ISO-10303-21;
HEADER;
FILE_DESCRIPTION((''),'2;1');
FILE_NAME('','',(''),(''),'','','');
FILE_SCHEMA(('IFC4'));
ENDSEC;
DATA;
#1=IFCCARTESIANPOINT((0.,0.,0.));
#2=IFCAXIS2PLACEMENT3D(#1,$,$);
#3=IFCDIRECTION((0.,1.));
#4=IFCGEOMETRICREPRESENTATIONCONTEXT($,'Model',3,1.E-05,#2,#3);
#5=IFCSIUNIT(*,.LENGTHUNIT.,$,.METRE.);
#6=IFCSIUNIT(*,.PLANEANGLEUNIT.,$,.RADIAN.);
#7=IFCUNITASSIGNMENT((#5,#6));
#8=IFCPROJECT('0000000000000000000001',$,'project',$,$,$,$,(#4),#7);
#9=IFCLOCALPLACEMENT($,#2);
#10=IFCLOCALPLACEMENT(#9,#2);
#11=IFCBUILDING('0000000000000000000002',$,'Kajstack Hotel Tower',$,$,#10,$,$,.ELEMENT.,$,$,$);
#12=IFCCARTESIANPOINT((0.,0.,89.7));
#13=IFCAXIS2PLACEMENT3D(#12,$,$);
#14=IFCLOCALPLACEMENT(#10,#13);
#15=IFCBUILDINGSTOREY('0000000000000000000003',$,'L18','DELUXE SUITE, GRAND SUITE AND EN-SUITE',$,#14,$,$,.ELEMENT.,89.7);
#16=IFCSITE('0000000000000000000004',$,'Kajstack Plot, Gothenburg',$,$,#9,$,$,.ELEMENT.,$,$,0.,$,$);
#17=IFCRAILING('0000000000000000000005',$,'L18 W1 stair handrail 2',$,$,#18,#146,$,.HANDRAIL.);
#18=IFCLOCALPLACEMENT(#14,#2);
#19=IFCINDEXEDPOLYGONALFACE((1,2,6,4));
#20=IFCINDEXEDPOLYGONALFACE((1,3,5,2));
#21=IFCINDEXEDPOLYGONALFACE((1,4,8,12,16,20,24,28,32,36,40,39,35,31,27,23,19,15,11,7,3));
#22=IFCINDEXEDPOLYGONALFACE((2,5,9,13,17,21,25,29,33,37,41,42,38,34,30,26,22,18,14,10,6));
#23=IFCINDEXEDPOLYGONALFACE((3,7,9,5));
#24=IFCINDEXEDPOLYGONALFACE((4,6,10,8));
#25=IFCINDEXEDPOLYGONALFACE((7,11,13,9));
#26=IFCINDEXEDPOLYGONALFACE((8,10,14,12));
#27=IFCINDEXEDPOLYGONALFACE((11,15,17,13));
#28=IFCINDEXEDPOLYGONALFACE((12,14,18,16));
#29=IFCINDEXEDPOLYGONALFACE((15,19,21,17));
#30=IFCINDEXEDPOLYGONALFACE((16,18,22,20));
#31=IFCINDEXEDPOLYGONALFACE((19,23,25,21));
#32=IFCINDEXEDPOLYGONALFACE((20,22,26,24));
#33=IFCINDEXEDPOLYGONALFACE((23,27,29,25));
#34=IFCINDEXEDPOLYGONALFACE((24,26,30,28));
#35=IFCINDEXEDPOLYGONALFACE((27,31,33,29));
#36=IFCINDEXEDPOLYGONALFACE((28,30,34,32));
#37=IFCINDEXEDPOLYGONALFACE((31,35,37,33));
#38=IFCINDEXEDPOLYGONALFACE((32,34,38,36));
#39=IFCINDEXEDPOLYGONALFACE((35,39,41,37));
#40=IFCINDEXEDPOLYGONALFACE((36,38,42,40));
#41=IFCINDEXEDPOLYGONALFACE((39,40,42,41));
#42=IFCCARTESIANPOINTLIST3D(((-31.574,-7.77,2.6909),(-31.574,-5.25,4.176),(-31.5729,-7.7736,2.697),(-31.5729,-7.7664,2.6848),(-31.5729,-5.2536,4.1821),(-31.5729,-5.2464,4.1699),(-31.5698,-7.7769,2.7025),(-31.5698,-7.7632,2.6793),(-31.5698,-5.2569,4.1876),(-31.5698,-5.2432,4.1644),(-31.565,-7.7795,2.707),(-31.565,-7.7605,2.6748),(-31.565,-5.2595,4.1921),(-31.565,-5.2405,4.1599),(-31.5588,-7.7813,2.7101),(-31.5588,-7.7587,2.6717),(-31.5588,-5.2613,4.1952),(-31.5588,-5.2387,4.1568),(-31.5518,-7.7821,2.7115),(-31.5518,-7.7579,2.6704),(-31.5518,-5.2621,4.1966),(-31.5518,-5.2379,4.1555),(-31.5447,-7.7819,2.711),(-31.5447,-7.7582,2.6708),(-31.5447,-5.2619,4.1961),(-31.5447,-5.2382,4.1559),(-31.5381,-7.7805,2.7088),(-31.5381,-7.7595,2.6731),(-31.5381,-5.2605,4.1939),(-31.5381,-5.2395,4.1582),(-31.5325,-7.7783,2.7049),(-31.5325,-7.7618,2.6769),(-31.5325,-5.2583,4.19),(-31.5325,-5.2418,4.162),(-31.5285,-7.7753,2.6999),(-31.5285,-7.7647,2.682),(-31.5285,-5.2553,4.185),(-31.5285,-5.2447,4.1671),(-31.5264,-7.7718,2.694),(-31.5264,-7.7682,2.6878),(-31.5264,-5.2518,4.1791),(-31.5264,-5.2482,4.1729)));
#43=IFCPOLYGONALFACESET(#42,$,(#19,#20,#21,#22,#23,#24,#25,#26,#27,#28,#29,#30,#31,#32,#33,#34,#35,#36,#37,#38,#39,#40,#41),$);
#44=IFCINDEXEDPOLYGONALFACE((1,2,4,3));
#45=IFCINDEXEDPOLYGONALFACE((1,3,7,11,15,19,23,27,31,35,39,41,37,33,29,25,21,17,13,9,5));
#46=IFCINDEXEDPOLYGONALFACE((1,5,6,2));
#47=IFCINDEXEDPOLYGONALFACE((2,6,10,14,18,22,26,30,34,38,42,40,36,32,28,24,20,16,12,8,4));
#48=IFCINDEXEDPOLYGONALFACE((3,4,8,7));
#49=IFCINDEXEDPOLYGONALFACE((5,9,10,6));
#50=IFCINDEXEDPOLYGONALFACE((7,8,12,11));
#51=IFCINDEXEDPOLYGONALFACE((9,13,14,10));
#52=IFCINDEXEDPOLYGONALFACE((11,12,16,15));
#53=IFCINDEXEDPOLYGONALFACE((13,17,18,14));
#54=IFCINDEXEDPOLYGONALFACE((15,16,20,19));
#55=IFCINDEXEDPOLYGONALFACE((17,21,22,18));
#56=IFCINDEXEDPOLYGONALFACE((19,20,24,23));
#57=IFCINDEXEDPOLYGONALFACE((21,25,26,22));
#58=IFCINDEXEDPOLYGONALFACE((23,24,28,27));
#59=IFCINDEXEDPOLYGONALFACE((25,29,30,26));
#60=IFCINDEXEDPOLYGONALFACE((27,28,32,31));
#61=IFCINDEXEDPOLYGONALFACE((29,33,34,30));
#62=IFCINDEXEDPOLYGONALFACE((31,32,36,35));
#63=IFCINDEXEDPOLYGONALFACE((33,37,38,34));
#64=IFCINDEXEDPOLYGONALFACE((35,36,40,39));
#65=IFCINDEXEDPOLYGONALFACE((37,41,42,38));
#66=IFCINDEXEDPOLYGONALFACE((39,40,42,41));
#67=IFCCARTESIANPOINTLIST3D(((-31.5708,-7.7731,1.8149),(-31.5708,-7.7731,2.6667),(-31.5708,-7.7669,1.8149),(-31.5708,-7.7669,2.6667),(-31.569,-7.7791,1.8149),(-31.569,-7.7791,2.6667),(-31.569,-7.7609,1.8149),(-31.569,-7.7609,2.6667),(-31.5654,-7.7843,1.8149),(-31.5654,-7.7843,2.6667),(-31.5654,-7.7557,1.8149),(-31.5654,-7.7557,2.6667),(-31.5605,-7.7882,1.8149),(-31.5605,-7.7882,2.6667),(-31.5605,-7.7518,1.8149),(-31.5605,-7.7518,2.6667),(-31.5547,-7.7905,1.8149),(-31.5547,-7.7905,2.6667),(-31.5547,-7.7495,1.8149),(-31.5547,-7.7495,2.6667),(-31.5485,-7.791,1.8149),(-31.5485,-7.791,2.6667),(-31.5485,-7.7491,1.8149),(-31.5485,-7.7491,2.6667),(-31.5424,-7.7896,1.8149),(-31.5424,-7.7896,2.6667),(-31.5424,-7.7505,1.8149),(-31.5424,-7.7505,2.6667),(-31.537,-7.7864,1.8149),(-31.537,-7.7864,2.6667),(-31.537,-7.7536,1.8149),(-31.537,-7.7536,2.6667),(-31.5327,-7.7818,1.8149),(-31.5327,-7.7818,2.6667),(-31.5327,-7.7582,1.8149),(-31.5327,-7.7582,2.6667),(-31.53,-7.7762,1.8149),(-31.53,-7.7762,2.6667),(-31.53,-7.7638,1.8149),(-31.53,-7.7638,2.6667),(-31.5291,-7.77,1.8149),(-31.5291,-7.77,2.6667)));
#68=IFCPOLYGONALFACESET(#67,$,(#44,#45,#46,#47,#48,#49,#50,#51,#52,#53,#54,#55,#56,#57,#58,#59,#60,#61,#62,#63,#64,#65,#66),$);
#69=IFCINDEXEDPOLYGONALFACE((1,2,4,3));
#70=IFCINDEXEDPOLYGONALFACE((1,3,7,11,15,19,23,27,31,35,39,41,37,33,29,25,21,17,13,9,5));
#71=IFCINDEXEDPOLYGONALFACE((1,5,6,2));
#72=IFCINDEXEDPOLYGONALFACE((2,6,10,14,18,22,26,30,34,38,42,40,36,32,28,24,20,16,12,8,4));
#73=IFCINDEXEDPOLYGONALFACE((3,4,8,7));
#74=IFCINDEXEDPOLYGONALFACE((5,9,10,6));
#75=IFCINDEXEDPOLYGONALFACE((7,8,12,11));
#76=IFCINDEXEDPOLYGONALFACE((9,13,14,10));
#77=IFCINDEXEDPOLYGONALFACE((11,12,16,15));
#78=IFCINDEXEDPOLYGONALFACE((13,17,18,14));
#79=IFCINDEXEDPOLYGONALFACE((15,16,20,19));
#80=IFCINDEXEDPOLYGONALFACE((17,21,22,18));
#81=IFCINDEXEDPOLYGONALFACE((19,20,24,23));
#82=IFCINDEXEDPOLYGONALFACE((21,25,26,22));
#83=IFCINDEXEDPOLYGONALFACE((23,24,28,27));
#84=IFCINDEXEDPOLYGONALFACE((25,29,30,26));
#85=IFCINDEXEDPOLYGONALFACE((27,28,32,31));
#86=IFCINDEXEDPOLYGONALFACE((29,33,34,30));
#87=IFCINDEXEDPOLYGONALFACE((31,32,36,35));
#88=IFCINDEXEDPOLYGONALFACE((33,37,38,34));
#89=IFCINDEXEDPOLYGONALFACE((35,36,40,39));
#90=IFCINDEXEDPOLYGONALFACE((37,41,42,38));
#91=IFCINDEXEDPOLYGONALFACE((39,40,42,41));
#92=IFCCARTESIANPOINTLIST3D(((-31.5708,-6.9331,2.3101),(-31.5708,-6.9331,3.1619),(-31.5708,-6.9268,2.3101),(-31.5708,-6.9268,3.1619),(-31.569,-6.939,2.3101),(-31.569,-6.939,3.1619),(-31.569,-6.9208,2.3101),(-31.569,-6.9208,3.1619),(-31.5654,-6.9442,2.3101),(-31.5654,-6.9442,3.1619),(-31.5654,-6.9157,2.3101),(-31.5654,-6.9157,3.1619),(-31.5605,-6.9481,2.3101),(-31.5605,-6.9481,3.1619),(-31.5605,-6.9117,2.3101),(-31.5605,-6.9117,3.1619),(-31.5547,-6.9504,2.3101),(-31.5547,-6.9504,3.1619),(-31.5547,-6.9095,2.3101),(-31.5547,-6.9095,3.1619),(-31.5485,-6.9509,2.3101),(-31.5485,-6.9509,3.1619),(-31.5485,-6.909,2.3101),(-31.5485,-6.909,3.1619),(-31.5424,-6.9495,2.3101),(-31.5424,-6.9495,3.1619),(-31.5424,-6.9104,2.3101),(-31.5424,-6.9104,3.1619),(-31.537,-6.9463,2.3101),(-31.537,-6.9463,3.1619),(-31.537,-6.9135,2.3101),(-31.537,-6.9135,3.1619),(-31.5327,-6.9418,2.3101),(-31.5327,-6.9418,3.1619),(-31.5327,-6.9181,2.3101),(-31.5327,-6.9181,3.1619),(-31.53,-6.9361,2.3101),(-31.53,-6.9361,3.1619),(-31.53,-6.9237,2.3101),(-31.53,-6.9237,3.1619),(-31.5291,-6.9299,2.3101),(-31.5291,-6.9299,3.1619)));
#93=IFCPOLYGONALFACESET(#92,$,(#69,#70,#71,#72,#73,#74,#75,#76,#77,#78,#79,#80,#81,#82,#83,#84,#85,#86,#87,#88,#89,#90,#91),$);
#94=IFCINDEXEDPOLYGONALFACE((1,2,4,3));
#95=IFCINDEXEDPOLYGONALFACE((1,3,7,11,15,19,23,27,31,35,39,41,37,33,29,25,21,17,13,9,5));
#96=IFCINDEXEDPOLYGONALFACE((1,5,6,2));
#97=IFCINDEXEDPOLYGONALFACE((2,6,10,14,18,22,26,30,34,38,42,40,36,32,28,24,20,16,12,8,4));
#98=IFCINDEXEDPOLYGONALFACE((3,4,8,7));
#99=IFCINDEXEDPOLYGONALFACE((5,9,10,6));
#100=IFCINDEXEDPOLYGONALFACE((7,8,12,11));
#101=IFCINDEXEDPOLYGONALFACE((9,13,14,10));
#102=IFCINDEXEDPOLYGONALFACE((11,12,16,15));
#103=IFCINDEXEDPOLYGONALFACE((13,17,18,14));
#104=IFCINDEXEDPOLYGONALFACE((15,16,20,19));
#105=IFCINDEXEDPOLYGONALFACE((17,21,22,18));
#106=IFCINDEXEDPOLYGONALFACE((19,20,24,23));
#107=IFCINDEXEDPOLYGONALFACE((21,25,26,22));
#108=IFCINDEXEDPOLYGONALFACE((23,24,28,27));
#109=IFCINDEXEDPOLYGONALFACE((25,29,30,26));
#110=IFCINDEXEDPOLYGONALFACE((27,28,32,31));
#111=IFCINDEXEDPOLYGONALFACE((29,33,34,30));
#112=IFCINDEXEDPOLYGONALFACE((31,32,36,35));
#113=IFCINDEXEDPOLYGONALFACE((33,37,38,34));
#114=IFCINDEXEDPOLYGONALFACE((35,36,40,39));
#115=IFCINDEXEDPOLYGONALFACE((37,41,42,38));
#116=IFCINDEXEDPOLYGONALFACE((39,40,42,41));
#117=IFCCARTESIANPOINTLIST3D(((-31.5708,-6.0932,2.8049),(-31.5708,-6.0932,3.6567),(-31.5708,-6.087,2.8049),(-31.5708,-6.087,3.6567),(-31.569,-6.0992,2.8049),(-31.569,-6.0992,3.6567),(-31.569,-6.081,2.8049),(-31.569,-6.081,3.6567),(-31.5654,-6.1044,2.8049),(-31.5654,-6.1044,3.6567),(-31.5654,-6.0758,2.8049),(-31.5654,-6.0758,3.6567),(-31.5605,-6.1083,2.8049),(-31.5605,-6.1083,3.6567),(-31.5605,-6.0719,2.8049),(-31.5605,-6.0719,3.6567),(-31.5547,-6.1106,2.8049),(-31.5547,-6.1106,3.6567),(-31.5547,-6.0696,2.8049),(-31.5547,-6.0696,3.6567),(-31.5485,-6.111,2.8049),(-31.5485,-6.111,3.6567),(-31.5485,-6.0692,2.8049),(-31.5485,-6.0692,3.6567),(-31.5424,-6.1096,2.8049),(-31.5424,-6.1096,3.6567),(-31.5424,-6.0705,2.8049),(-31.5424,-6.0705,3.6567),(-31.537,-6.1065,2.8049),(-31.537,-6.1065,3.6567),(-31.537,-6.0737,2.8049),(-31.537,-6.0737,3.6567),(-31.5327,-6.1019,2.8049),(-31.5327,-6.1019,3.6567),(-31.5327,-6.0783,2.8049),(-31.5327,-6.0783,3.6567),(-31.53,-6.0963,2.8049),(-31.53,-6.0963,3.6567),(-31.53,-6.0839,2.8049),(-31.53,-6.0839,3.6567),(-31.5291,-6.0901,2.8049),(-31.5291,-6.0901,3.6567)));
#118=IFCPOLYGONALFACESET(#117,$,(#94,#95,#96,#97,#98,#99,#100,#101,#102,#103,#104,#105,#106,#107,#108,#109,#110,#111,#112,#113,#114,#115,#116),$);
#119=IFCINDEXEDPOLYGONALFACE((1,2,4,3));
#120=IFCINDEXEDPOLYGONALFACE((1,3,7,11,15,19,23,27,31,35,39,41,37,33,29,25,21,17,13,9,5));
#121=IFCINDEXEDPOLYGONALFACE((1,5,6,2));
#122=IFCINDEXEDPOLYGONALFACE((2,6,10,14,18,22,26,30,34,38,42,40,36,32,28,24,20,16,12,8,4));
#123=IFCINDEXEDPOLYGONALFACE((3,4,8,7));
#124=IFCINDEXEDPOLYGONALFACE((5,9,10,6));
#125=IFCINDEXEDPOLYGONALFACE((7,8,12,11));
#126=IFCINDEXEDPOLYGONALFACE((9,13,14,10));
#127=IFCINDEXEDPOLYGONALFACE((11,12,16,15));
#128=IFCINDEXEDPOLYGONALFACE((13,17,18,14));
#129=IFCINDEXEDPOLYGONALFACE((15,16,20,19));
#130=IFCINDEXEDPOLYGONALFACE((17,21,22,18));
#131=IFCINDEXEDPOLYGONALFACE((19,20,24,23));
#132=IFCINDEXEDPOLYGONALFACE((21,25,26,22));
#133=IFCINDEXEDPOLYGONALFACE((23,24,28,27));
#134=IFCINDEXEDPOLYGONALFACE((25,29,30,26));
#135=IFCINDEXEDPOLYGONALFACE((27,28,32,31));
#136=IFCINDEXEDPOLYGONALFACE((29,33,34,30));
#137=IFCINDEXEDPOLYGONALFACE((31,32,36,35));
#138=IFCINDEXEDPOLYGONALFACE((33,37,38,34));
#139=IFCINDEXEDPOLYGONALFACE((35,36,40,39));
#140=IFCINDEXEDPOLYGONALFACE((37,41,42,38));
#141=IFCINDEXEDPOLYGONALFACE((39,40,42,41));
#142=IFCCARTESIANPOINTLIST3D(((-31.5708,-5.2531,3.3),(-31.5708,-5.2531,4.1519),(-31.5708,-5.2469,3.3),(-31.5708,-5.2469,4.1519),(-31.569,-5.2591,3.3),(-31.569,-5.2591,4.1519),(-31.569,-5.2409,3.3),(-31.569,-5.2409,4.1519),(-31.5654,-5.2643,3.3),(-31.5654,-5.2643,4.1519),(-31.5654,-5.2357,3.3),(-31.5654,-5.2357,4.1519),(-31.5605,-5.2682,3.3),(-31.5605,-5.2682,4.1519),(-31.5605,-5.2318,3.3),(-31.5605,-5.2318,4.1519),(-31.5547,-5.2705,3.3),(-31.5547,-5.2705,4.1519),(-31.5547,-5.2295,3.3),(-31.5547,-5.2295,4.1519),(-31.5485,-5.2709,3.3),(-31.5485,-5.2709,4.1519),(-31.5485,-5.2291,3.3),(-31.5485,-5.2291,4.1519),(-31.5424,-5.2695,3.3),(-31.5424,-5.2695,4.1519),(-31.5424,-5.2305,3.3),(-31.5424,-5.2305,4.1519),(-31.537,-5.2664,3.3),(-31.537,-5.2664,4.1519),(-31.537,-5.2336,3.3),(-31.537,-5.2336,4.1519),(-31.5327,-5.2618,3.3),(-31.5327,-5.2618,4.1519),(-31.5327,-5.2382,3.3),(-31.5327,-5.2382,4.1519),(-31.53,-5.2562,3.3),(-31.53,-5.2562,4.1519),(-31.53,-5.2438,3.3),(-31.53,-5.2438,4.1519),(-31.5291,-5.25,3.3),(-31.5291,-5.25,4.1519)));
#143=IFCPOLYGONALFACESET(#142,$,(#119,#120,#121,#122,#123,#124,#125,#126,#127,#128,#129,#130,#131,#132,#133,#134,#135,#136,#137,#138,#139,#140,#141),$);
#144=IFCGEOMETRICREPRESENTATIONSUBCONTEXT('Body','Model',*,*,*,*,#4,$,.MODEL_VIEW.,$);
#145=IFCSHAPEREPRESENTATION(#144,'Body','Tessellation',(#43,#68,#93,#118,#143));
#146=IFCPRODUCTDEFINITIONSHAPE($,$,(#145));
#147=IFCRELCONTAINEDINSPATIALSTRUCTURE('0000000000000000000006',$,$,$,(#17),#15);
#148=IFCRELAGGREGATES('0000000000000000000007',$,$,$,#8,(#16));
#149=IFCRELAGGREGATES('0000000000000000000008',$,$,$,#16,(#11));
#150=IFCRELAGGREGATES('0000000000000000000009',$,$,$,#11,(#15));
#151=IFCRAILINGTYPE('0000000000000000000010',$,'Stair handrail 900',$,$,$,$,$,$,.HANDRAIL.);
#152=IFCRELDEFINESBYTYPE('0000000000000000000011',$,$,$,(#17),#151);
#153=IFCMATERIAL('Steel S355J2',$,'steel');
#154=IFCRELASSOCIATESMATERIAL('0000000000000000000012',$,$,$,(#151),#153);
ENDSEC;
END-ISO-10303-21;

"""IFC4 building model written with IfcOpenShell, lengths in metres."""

from ifc_helpers import new_model, si_unit, direction, frame, origin, origin_2d, place, context, subcontext, project, spatial, circle, extrude, material, type_object, element, save


model = new_model("IFC4")

# Units and contexts
model_context = context("Model", 3, precision=1e-05, world=origin(), true_north=direction((0.0, 1.0)))
body_context = subcontext(model_context, "Body", "Model", "MODEL_VIEW")
ifc_project = project(units=[si_unit("LENGTHUNIT", "METRE"), si_unit("PLANEANGLEUNIT", "RADIAN")], contexts=[model_context])

# Site, building, storey
site_placement = place(None, origin())
site = spatial("IfcSite", under=ifc_project, at=site_placement, Name="Kajstack Plot, Gothenburg", CompositionType="ELEMENT", RefElevation=0.0)
building_placement = place(site_placement, origin())
building = spatial("IfcBuilding", under=site, at=building_placement, Name="Kajstack Hotel Tower", CompositionType="ELEMENT")
storey_placement = place(building_placement, frame((0.0, 0.0, 89.7)))
storey = spatial("IfcBuildingStorey", under=building, at=storey_placement, Name="L18", Description="DELUXE SUITE, GRAND SUITE AND EN-SUITE", CompositionType="ELEMENT", Elevation=89.7)

# Railing
ifc_material_1 = material(Name="Steel S355J2", Category="steel")
railing_type_1 = type_object("IfcRailingType", Name="Stair handrail 900", PredefinedType="HANDRAIL", material=ifc_material_1)
railing_1_placement = place(storey_placement, frame((-31.55, -7.77, 1.8149)))
element("IfcRailing", 1, at=railing_1_placement, inside=storey, type_object=railing_type_1, Name="L18 W1 stair handrail 2", PredefinedType="HANDRAIL", context=body_context, shape_type="SweptSolid", body=[
    extrude(circle(Radius=0.0239, at=origin_2d()), frame((0.0, 0.0, 0.876), z_axis=(0.0, 0.861524, 0.507717), x_axis=(-1.0, 0.0, 0.0)), (0.0, 0.0, 1.0), 2.925),
    extrude(circle(Radius=0.021, at=origin_2d()), origin(), (0.0, 0.0, 1.0), 0.8518),
    extrude(circle(Radius=0.021, at=origin_2d()), frame((0.0, 0.8401, 0.4951)), (0.0, 0.0, 1.0), 0.8518),
    extrude(circle(Radius=0.021, at=origin_2d()), frame((0.0, 1.6799, 0.99)), (0.0, 0.0, 1.0), 0.8518),
    extrude(circle(Radius=0.021, at=origin_2d()), frame((0.0, 2.52, 1.4851)), (0.0, 0.0, 1.0), 0.8518),
])

save(model, "model.ifc")
